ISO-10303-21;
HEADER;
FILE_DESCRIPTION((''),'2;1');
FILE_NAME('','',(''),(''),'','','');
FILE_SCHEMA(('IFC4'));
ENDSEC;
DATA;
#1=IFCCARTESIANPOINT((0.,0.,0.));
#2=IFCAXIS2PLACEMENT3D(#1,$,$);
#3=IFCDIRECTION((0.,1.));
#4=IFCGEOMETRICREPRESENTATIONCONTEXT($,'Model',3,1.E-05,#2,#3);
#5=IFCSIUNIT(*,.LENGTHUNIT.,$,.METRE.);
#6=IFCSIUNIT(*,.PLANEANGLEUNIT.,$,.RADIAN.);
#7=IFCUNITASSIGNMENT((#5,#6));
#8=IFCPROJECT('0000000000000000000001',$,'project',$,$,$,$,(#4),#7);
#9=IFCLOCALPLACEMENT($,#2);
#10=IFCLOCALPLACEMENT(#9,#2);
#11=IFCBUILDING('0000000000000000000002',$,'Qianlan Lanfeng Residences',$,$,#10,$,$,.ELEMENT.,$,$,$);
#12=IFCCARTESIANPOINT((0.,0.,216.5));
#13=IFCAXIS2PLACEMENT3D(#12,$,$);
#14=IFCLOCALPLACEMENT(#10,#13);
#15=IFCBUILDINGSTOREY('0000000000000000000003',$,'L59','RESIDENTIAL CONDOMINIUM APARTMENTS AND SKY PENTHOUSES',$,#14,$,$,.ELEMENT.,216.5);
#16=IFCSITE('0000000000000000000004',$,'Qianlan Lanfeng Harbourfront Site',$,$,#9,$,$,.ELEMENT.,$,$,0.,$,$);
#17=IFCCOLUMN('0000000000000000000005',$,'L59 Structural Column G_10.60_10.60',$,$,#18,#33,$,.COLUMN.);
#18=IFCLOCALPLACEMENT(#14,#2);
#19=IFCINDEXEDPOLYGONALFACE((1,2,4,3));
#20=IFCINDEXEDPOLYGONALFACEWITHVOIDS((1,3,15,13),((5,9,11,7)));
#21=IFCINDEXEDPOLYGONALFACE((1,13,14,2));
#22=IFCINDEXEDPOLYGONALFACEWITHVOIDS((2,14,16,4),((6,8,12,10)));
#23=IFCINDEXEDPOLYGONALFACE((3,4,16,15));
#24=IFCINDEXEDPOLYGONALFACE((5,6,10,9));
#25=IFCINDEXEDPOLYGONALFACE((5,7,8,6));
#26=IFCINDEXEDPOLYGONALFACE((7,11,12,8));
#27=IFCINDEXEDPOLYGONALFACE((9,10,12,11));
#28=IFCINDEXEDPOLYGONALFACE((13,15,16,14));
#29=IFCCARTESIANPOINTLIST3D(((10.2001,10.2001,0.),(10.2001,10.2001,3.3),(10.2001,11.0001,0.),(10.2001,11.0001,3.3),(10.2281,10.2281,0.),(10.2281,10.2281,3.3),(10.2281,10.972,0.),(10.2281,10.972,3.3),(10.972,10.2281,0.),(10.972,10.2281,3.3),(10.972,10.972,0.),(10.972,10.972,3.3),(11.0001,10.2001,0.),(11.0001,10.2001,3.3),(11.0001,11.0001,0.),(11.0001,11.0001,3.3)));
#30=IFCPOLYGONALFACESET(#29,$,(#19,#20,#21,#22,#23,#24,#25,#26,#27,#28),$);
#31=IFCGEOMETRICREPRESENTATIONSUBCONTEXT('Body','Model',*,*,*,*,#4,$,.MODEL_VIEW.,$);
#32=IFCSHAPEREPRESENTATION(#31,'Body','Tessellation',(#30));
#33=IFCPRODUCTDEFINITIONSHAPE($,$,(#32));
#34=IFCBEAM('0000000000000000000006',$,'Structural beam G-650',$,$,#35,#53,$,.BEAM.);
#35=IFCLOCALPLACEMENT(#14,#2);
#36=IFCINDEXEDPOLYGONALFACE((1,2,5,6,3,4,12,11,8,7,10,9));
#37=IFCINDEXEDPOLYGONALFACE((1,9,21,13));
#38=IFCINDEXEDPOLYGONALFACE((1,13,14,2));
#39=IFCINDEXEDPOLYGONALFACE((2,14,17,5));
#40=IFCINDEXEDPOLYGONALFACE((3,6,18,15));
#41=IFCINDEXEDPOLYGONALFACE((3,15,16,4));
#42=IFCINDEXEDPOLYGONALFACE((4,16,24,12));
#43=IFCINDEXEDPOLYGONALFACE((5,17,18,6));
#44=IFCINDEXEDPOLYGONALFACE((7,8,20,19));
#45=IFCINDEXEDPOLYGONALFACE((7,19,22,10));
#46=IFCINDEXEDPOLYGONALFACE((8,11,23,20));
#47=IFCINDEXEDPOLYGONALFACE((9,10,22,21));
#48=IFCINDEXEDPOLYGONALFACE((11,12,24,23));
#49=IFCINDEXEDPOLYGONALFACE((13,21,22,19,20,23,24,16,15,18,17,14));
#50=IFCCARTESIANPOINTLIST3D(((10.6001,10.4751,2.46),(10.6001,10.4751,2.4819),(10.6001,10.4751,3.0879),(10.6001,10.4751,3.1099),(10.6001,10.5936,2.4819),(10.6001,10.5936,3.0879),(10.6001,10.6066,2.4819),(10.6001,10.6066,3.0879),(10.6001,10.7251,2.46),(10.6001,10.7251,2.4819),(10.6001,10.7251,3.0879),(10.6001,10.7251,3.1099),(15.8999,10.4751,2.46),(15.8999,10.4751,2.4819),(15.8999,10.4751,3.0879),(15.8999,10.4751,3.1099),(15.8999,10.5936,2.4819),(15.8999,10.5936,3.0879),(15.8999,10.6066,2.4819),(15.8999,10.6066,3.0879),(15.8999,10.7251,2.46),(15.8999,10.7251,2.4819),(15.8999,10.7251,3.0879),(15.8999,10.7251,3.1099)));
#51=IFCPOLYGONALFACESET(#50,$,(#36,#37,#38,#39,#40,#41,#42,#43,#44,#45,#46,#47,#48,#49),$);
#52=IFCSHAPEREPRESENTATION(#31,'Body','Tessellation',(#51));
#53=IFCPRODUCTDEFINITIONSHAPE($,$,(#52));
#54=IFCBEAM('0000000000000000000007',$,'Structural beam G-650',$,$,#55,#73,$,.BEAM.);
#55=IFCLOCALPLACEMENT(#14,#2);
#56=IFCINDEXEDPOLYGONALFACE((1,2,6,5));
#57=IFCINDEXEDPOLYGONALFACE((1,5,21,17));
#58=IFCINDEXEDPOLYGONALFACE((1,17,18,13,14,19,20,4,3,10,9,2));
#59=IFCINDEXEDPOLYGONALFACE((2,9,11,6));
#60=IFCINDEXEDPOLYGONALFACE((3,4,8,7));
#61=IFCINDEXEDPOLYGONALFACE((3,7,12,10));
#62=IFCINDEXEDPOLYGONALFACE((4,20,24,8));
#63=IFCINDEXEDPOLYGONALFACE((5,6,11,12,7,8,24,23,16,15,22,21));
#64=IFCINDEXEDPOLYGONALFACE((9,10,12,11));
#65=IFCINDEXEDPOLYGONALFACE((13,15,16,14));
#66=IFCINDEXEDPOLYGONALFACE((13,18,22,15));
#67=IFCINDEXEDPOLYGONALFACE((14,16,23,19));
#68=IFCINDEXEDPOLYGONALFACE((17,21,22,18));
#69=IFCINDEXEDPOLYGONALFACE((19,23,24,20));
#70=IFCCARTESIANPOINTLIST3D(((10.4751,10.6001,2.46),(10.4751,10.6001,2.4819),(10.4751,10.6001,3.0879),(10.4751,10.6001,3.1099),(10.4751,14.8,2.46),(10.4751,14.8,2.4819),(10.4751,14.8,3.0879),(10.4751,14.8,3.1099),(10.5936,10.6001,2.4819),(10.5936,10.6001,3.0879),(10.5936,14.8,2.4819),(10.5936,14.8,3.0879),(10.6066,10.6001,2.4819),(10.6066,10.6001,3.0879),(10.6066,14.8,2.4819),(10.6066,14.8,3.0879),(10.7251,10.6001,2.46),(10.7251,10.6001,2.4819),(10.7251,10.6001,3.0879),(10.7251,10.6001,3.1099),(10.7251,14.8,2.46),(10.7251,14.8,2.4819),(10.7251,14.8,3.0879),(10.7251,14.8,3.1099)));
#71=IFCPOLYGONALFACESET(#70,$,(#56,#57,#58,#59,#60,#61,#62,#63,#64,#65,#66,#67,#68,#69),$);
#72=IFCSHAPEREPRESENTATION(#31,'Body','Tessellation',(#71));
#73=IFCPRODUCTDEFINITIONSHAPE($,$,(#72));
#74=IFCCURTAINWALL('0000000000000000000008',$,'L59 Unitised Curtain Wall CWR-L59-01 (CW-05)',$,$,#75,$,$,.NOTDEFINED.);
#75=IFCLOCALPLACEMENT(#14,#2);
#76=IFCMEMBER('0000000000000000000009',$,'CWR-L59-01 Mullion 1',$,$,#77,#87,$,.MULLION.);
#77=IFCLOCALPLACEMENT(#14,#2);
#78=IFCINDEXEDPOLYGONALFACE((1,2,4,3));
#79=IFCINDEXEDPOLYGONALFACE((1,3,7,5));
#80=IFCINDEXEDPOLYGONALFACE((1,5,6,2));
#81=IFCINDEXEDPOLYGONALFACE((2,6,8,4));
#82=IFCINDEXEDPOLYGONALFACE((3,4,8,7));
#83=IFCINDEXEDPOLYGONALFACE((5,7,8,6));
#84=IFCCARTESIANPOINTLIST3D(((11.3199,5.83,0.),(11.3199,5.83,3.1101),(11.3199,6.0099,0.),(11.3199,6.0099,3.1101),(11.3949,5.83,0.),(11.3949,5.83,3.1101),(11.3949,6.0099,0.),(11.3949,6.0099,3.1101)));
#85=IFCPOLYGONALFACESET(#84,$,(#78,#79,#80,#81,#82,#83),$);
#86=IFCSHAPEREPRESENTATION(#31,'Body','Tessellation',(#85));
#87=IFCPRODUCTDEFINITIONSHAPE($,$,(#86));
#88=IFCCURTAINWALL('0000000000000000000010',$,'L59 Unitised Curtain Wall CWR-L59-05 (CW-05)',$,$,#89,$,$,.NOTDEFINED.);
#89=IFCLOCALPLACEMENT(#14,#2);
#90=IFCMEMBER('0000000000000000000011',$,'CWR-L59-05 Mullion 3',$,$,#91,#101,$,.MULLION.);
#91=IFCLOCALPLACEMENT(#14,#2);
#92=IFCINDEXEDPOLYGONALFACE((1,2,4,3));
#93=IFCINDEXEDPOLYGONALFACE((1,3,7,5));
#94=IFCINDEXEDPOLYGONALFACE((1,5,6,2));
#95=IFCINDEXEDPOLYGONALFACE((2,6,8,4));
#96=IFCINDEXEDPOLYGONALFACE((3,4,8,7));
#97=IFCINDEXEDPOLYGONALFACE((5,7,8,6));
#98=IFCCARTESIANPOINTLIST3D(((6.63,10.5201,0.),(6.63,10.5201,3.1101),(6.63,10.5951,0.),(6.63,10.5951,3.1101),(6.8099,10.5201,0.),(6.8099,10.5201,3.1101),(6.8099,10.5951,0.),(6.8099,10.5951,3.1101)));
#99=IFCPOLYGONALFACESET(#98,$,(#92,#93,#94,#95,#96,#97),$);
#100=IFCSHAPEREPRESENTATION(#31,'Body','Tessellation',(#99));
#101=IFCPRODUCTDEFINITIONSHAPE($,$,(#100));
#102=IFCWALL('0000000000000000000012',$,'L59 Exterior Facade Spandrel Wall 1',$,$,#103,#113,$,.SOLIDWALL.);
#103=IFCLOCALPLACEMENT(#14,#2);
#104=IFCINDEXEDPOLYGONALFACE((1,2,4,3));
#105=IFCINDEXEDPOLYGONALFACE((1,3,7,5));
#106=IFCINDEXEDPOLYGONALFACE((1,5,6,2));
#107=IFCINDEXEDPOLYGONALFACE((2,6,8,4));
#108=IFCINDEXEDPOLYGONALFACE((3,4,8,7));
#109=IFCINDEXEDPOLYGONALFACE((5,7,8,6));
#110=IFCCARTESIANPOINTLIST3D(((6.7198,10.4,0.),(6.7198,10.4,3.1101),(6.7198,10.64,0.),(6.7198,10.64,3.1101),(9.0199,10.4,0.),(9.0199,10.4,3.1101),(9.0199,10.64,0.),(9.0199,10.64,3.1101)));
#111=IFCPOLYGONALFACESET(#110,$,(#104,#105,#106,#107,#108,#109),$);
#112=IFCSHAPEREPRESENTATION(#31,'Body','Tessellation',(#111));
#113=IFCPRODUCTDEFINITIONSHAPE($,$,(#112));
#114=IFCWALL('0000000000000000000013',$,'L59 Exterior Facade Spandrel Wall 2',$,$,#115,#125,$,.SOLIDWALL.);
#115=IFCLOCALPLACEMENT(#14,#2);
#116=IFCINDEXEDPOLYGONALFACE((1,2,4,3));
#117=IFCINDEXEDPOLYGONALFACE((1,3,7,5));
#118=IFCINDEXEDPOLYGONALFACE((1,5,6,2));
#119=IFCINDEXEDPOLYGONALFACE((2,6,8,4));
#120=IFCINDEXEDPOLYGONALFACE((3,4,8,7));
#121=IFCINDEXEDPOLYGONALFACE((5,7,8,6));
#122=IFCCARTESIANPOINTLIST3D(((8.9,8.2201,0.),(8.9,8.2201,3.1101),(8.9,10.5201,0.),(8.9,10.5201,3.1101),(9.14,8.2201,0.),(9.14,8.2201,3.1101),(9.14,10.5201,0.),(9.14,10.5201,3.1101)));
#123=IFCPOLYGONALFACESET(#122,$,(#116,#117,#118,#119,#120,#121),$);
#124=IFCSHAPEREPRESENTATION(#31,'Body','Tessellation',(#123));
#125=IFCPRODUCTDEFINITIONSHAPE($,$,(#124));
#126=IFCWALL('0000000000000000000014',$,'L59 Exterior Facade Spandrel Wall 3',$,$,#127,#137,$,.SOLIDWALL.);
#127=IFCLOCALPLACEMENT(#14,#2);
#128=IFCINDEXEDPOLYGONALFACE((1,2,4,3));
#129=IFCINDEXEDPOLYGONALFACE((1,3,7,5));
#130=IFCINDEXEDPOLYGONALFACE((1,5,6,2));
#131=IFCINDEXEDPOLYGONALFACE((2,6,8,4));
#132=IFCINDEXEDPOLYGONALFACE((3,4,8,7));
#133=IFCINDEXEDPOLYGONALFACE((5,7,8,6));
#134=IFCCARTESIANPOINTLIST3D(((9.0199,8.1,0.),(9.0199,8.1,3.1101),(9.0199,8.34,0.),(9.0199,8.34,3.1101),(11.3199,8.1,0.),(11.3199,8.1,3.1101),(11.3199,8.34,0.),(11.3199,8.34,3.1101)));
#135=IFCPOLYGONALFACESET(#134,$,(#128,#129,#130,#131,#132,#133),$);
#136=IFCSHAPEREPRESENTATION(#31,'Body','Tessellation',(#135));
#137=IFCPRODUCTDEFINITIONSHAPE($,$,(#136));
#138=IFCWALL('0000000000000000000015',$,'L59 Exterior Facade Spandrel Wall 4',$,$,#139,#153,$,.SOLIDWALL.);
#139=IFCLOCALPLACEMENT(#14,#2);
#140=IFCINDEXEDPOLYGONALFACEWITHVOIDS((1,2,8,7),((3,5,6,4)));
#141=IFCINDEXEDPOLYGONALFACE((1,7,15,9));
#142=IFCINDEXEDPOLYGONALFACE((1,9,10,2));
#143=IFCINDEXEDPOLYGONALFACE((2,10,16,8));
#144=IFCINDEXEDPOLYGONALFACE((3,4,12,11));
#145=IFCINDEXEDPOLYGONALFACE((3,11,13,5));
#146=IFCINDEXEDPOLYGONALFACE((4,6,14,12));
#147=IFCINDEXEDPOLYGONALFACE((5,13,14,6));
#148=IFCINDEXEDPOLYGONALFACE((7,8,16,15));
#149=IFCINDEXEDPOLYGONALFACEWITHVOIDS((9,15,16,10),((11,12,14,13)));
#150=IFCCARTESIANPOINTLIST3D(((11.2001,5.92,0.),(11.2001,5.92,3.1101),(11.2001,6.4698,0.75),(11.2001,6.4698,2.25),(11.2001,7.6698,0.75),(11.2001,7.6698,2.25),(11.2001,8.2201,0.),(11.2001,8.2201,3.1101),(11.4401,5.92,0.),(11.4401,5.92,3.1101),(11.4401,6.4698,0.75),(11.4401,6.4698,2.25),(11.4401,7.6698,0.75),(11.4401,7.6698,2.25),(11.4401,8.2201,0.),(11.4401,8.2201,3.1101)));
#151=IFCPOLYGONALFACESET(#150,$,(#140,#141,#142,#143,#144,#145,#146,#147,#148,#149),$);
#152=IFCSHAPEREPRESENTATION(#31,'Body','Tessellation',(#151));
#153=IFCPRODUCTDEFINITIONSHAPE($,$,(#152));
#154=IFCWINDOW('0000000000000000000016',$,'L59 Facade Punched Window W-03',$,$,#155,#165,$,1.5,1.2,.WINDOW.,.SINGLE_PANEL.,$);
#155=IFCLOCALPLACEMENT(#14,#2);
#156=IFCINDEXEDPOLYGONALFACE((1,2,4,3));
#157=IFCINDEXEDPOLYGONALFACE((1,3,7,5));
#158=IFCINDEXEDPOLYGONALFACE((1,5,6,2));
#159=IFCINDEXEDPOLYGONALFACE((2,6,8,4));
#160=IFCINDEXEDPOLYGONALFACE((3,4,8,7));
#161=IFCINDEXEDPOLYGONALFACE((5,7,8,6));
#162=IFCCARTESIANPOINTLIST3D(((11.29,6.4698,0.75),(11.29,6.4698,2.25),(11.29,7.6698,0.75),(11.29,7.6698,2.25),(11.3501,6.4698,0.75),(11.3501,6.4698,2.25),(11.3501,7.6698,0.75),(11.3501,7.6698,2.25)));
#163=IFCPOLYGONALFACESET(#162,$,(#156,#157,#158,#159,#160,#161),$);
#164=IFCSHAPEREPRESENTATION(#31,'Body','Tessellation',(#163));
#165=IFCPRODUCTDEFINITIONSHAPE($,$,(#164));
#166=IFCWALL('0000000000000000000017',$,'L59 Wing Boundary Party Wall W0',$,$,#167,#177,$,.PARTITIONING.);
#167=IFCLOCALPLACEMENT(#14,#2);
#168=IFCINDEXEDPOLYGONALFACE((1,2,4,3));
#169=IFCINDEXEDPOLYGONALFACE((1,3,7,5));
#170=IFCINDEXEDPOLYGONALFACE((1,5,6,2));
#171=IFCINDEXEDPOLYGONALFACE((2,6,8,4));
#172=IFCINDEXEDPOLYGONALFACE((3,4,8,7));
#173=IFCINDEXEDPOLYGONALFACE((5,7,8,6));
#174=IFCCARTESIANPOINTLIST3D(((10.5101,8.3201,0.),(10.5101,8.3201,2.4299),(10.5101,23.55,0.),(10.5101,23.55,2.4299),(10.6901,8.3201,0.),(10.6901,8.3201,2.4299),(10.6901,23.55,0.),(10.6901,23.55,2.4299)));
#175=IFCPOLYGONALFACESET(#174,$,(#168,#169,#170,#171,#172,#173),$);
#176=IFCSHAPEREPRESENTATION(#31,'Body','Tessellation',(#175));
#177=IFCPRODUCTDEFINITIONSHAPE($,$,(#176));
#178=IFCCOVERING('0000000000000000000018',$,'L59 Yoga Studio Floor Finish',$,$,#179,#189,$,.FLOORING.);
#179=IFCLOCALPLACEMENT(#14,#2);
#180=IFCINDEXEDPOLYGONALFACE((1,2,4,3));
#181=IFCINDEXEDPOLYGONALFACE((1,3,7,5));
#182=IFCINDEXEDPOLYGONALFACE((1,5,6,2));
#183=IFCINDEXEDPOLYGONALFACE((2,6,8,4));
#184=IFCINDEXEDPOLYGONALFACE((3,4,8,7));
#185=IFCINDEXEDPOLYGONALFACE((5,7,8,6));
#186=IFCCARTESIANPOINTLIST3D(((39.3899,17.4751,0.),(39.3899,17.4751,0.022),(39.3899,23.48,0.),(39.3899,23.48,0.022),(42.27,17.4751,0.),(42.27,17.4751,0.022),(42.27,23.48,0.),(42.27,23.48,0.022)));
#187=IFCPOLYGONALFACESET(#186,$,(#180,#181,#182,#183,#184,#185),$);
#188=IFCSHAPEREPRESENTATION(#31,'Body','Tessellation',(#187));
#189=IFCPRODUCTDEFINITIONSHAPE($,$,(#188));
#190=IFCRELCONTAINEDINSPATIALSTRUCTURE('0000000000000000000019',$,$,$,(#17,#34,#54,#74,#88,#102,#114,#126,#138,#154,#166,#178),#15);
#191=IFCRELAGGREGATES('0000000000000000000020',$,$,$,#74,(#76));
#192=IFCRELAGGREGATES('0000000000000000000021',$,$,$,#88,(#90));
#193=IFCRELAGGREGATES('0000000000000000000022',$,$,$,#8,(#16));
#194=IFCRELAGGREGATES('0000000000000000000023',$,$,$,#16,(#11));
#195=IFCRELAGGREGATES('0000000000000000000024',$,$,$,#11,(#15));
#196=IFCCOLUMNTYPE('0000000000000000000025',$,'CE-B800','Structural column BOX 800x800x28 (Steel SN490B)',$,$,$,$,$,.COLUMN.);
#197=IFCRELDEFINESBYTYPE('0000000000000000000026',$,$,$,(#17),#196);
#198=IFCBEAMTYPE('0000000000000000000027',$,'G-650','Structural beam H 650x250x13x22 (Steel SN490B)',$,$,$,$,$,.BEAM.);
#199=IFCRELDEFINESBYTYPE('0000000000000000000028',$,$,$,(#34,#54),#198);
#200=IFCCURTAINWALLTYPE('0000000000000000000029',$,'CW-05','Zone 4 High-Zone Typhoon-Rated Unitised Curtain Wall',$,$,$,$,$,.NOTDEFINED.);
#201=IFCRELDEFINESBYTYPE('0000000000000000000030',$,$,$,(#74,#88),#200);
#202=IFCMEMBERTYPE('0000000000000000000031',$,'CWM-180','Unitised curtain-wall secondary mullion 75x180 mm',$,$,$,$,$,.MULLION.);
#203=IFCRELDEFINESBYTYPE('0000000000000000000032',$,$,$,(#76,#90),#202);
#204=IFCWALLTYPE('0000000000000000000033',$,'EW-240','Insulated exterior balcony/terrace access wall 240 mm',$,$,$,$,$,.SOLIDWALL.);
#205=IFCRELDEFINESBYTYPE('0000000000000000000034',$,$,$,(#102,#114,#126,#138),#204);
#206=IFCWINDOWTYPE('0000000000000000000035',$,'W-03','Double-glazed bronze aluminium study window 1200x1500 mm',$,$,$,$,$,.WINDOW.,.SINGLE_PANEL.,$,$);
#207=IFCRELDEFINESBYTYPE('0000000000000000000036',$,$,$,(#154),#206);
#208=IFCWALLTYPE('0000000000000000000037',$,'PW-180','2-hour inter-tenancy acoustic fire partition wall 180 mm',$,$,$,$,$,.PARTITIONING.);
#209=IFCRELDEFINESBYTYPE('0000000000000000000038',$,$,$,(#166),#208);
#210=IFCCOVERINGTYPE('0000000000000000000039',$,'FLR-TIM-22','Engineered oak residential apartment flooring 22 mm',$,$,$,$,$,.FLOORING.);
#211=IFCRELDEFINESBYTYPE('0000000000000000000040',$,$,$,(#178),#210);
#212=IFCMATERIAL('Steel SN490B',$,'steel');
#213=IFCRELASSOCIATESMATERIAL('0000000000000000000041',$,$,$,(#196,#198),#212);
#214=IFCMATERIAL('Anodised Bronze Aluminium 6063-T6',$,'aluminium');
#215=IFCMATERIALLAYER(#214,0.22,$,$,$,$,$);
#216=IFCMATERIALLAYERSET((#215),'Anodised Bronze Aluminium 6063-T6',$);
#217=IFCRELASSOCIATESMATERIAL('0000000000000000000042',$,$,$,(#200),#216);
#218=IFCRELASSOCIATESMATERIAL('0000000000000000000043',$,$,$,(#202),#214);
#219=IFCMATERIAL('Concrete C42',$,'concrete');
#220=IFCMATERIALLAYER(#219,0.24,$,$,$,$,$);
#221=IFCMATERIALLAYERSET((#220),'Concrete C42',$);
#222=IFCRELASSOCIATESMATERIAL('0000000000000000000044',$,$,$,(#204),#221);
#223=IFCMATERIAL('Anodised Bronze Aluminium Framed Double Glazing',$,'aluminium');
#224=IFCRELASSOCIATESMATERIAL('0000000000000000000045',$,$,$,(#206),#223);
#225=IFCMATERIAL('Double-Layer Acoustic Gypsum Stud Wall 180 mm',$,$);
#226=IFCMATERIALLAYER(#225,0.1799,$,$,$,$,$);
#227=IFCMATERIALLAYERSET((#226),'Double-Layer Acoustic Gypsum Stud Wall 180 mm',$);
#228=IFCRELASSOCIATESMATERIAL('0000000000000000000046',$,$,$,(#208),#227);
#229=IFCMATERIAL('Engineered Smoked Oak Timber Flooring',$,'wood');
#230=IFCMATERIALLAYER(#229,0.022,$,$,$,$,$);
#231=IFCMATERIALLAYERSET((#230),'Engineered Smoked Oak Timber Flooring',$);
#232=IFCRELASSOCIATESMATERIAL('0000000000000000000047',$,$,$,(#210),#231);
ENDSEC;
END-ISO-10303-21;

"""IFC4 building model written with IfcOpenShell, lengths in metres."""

from ifc_helpers import new_model, si_unit, direction, frame, frame_2d, origin, origin_2d, place, context, subcontext, project, spatial, polyline, rectangle, hollow_rectangle, i_section, outline, extrude, source, transform, mapped, material, layer, layer_set, material_profile, profile_set, type_object, element, fill, aggregate, save


model = new_model("IFC4")

# Units and contexts
model_context = context("Model", 3, precision=1e-05, world=origin(), true_north=direction((0.0, 1.0)))
body_context = subcontext(model_context, "Body", "Model", "MODEL_VIEW")
ifc_project = project(units=[si_unit("LENGTHUNIT", "METRE"), si_unit("PLANEANGLEUNIT", "RADIAN")], contexts=[model_context])

# Site, building, storey
site_placement = place(None, origin())
site = spatial("IfcSite", under=ifc_project, at=site_placement, Name="Qianlan Lanfeng Harbourfront Site", CompositionType="ELEMENT", RefElevation=0.0)
building_placement = place(site_placement, origin())
building = spatial("IfcBuilding", under=site, at=building_placement, Name="Qianlan Lanfeng Residences", CompositionType="ELEMENT")
storey_placement = place(building_placement, frame((0.0, 0.0, 216.5)))
storey = spatial("IfcBuildingStorey", under=building, at=storey_placement, Name="L59", Description="RESIDENTIAL CONDOMINIUM APARTMENTS AND SKY PENTHOUSES", CompositionType="ELEMENT", Elevation=216.5)

# Column
ifc_material_1 = material(Name="Steel SN490B", Category="steel")
ifc_material_profile_1 = material_profile(ifc_material_1, hollow_rectangle(XDim=0.8, YDim=0.8, WallThickness=0.0281, at=origin_2d()), Name="BOX 800x800x28")
ifc_profile_set_1 = profile_set([ifc_material_profile_1], Name="Steel SN490B")
column_type = type_object("IfcColumnType", Name="CE-B800", Description="Structural column BOX 800x800x28 (Steel SN490B)", PredefinedType="COLUMN", material=ifc_profile_set_1)
column_placement = place(storey_placement, frame((10.6001, 10.6001, 0.0), z_axis=(0.0, 0.0, 1.0), x_axis=(1.0, 0.0, 0.0)))
element("IfcColumn", 1, at=column_placement, inside=storey, type_object=column_type, Name="L59 Structural Column G_10.60_10.60", PredefinedType="COLUMN", context=body_context, shape_type="SweptSolid", body=[
    extrude(hollow_rectangle(XDim=0.8, YDim=0.8, WallThickness=0.0281, at=origin_2d()), origin(), (0.0, 0.0, 1.0), 3.3),
])

# Beams
ifc_material_profile_2 = material_profile(ifc_material_1, i_section(OverallWidth=0.25, OverallDepth=0.6499, WebThickness=0.0129, FlangeThickness=0.022, at=origin_2d()), Name="H 650x250x13x22")
ifc_profile_set_2 = profile_set([ifc_material_profile_2], Name="Steel SN490B")
beam_type = type_object("IfcBeamType", Name="G-650", Description="Structural beam H 650x250x13x22 (Steel SN490B)", PredefinedType="BEAM", material=ifc_profile_set_2)
beam_1_placement = place(storey_placement, frame((10.6001, 10.6001, 2.7849), z_axis=(1.0, 0.0, 0.0), x_axis=(0.0, 1.0, 0.0)))
element("IfcBeam", 2, at=beam_1_placement, inside=storey, type_object=beam_type, Name="Structural beam G-650", PredefinedType="BEAM", context=body_context, shape_type="SweptSolid", body=[
    extrude(i_section(OverallWidth=0.25, OverallDepth=0.6499, WebThickness=0.0129, FlangeThickness=0.022, at=origin_2d()), origin(), (0.0, 0.0, 1.0), 5.2998),
])
beam_2_placement = place(storey_placement, frame((10.6001, 10.6001, 2.7849), z_axis=(0.0, 1.0, 0.0), x_axis=(-1.0, 0.0, 0.0)))
element("IfcBeam", 3, at=beam_2_placement, inside=storey, type_object=beam_type, Name="Structural beam G-650", PredefinedType="BEAM", context=body_context, shape_type="SweptSolid", body=[
    extrude(i_section(OverallWidth=0.25, OverallDepth=0.6499, WebThickness=0.0129, FlangeThickness=0.022, at=origin_2d()), origin(), (0.0, 0.0, 1.0), 4.2),
])

# Curtain walls, members
ifc_material_2 = material(Name="Anodised Bronze Aluminium 6063-T6", Category="aluminium")
ifc_layer_1 = layer(ifc_material_2, 0.22)
ifc_layer_set_1 = layer_set([ifc_layer_1], Name="Anodised Bronze Aluminium 6063-T6")
curtain_wall_type = type_object("IfcCurtainWallType", Name="CW-05", Description="Zone 4 High-Zone Typhoon-Rated Unitised Curtain Wall", PredefinedType="NOTDEFINED", material=ifc_layer_set_1)
curtain_wall_1_placement = place(storey_placement, origin())
curtain_wall_1 = element("IfcCurtainWall", 4, at=curtain_wall_1_placement, inside=storey, type_object=curtain_wall_type, Name="L59 Unitised Curtain Wall CWR-L59-01 (CW-05)", PredefinedType="NOTDEFINED")
ifc_material_profile_3 = material_profile(ifc_material_2, rectangle(XDim=0.075, YDim=0.1799, at=origin_2d()), Name="ALU MULLION 75x180")
ifc_profile_set_3 = profile_set([ifc_material_profile_3], Name="Anodised Bronze Aluminium 6063-T6")
member_type = type_object("IfcMemberType", Name="CWM-180", Description="Unitised curtain-wall secondary mullion 75x180 mm", PredefinedType="MULLION", material=ifc_profile_set_3)
shared_shape = source(origin(), body_context, "Body", "SweptSolid", [
    extrude(rectangle(XDim=0.075, YDim=0.1799, at=origin_2d()), origin(), (0.0, 0.0, 1.0), 3.1101),
])
member_1_placement = place(storey_placement, frame((11.3574, 5.9199, 0.0), z_axis=(0.0, 0.0, 1.0), x_axis=(1.0, 0.0, 0.0)))
member_1 = element("IfcMember", 5, at=member_1_placement, type_object=member_type, Name="CWR-L59-01 Mullion 1", PredefinedType="MULLION", context=body_context, shape_type="MappedRepresentation", body=[
    mapped(shared_shape, transform((0.0, 0.0, 0.0), scale=1.0)),
])
aggregate(curtain_wall_1, [member_1])
curtain_wall_2_placement = place(storey_placement, origin())
curtain_wall_2 = element("IfcCurtainWall", 6, at=curtain_wall_2_placement, inside=storey, type_object=curtain_wall_type, Name="L59 Unitised Curtain Wall CWR-L59-05 (CW-05)", PredefinedType="NOTDEFINED")
member_2_placement = place(storey_placement, frame((6.72, 10.5576, 0.0), z_axis=(0.0, 0.0, 1.0), x_axis=(0.0, -1.0, 0.0)))
member_2 = element("IfcMember", 7, at=member_2_placement, type_object=member_type, Name="CWR-L59-05 Mullion 3", PredefinedType="MULLION", context=body_context, shape_type="MappedRepresentation", body=[
    mapped(shared_shape, transform((0.0, 0.0, 0.0), scale=1.0)),
])
aggregate(curtain_wall_2, [member_2])

# Walls
ifc_material_3 = material(Name="Concrete C42", Category="concrete")
ifc_layer_2 = layer(ifc_material_3, 0.24)
ifc_layer_set_2 = layer_set([ifc_layer_2], Name="Concrete C42")
wall_type_1 = type_object("IfcWallType", Name="EW-240", Description="Insulated exterior balcony/terrace access wall 240 mm", PredefinedType="SOLIDWALL", material=ifc_layer_set_2)
for number, where, z_axis, x_axis, name in (
    (8, (6.72, 10.52, 0.0), (0.0, 0.0, 1.0), (1.0, 0.0, 0.0), "L59 Exterior Facade Spandrel Wall 1"),
    (9, (9.02, 10.52, 0.0), (0.0, 0.0, 1.0), (0.0, -1.0, 0.0), "L59 Exterior Facade Spandrel Wall 2"),
    (10, (9.02, 8.22, 0.0), (0.0, 0.0, 1.0), (1.0, 0.0, 0.0), "L59 Exterior Facade Spandrel Wall 3"),
):
    element("IfcWall", number, at=place(storey_placement, frame(where, z_axis=z_axis, x_axis=x_axis)), inside=storey, type_object=wall_type_1, Name=name, PredefinedType="SOLIDWALL", context=body_context, shape_type="SweptSolid", body=[
        extrude(rectangle(XDim=2.3, YDim=0.24, at=frame_2d((1.1499, 0.0))), origin(), (0.0, 0.0, 1.0), 3.1101),
    ])

# Wall, opening, window
wall_1_placement = place(storey_placement, frame((11.3201, 8.22, 0.0), z_axis=(0.0, 0.0, 1.0), x_axis=(0.0, -1.0, 0.0)))
wall_1 = element("IfcWall", 11, at=wall_1_placement, inside=storey, type_object=wall_type_1, Name="L59 Exterior Facade Spandrel Wall 4", PredefinedType="SOLIDWALL", context=body_context, shape_type="SweptSolid", body=[
    extrude(rectangle(XDim=2.3, YDim=0.24, at=frame_2d((1.1499, 0.0))), origin(), (0.0, 0.0, 1.0), 3.1101),
])
opening_placement = place(wall_1_placement, frame((0.55, 0.0, 0.75)))
opening = element("IfcOpeningElement", 12, at=opening_placement, cuts=wall_1, PredefinedType="OPENING", context=body_context, shape_type="SweptSolid", body=[
    extrude(rectangle(XDim=1.2, YDim=1.5, at=frame_2d((0.6001, 0.75))), frame((0.0, 0.1299, 0.0), z_axis=(0.0, -1.0, 0.0), x_axis=(1.0, 0.0, 0.0)), (0.0, 0.0, 1.0), 0.26),
])
ifc_material_4 = material(Name="Anodised Bronze Aluminium Framed Double Glazing", Category="aluminium")
window_type = type_object("IfcWindowType", Name="W-03", Description="Double-glazed bronze aluminium study window 1200x1500 mm", PartitioningType="SINGLE_PANEL", PredefinedType="WINDOW", material=ifc_material_4)
window_placement = place(opening_placement, origin())
window = element("IfcWindow", 13, at=window_placement, inside=storey, type_object=window_type, Name="L59 Facade Punched Window W-03", OverallHeight=1.5, OverallWidth=1.2, PartitioningType="SINGLE_PANEL", PredefinedType="WINDOW", context=body_context, shape_type="SweptSolid", body=[
    extrude(rectangle(XDim=1.2, YDim=1.5, at=frame_2d((0.6001, 0.75))), frame((0.0, 0.03, 0.0), z_axis=(0.0, -1.0, 0.0), x_axis=(1.0, 0.0, 0.0)), (0.0, 0.0, 1.0), 0.0601),
])
fill(opening, window)

# Wall
ifc_material_5 = material(Name="Double-Layer Acoustic Gypsum Stud Wall 180 mm")
ifc_layer_3 = layer(ifc_material_5, 0.1799)
ifc_layer_set_3 = layer_set([ifc_layer_3], Name="Double-Layer Acoustic Gypsum Stud Wall 180 mm")
wall_type_2 = type_object("IfcWallType", Name="PW-180", Description="2-hour inter-tenancy acoustic fire partition wall 180 mm", PredefinedType="PARTITIONING", material=ifc_layer_set_3)
wall_2_placement = place(storey_placement, frame((10.6001, 8.3201, 0.0), z_axis=(0.0, 0.0, 1.0), x_axis=(0.0, 1.0, 0.0)))
element("IfcWall", 14, at=wall_2_placement, inside=storey, type_object=wall_type_2, Name="L59 Wing Boundary Party Wall W0", PredefinedType="PARTITIONING", context=body_context, shape_type="SweptSolid", body=[
    extrude(rectangle(XDim=15.23, YDim=0.1799, at=frame_2d((7.615, 0.0))), origin(), (0.0, 0.0, 1.0), 2.4299),
])

# Covering
ifc_material_6 = material(Name="Engineered Smoked Oak Timber Flooring", Category="wood")
ifc_layer_4 = layer(ifc_material_6, 0.022)
ifc_layer_set_4 = layer_set([ifc_layer_4], Name="Engineered Smoked Oak Timber Flooring")
covering_type = type_object("IfcCoveringType", Name="FLR-TIM-22", Description="Engineered oak residential apartment flooring 22 mm", PredefinedType="FLOORING", material=ifc_layer_set_4)
covering_1_placement = place(storey_placement, origin())
element("IfcCovering", 15, at=covering_1_placement, inside=storey, type_object=covering_type, Name="L59 Yoga Studio Floor Finish", PredefinedType="FLOORING", context=body_context, shape_type="SweptSolid", body=[
    extrude(outline(polyline([(39.3899, 17.4751), (42.27, 17.4751), (42.27, 23.48), (39.3899, 23.48), (39.3899, 17.4751)])), origin(), (0.0, 0.0, 1.0), 0.022),
])

save(model, "model.ifc")
